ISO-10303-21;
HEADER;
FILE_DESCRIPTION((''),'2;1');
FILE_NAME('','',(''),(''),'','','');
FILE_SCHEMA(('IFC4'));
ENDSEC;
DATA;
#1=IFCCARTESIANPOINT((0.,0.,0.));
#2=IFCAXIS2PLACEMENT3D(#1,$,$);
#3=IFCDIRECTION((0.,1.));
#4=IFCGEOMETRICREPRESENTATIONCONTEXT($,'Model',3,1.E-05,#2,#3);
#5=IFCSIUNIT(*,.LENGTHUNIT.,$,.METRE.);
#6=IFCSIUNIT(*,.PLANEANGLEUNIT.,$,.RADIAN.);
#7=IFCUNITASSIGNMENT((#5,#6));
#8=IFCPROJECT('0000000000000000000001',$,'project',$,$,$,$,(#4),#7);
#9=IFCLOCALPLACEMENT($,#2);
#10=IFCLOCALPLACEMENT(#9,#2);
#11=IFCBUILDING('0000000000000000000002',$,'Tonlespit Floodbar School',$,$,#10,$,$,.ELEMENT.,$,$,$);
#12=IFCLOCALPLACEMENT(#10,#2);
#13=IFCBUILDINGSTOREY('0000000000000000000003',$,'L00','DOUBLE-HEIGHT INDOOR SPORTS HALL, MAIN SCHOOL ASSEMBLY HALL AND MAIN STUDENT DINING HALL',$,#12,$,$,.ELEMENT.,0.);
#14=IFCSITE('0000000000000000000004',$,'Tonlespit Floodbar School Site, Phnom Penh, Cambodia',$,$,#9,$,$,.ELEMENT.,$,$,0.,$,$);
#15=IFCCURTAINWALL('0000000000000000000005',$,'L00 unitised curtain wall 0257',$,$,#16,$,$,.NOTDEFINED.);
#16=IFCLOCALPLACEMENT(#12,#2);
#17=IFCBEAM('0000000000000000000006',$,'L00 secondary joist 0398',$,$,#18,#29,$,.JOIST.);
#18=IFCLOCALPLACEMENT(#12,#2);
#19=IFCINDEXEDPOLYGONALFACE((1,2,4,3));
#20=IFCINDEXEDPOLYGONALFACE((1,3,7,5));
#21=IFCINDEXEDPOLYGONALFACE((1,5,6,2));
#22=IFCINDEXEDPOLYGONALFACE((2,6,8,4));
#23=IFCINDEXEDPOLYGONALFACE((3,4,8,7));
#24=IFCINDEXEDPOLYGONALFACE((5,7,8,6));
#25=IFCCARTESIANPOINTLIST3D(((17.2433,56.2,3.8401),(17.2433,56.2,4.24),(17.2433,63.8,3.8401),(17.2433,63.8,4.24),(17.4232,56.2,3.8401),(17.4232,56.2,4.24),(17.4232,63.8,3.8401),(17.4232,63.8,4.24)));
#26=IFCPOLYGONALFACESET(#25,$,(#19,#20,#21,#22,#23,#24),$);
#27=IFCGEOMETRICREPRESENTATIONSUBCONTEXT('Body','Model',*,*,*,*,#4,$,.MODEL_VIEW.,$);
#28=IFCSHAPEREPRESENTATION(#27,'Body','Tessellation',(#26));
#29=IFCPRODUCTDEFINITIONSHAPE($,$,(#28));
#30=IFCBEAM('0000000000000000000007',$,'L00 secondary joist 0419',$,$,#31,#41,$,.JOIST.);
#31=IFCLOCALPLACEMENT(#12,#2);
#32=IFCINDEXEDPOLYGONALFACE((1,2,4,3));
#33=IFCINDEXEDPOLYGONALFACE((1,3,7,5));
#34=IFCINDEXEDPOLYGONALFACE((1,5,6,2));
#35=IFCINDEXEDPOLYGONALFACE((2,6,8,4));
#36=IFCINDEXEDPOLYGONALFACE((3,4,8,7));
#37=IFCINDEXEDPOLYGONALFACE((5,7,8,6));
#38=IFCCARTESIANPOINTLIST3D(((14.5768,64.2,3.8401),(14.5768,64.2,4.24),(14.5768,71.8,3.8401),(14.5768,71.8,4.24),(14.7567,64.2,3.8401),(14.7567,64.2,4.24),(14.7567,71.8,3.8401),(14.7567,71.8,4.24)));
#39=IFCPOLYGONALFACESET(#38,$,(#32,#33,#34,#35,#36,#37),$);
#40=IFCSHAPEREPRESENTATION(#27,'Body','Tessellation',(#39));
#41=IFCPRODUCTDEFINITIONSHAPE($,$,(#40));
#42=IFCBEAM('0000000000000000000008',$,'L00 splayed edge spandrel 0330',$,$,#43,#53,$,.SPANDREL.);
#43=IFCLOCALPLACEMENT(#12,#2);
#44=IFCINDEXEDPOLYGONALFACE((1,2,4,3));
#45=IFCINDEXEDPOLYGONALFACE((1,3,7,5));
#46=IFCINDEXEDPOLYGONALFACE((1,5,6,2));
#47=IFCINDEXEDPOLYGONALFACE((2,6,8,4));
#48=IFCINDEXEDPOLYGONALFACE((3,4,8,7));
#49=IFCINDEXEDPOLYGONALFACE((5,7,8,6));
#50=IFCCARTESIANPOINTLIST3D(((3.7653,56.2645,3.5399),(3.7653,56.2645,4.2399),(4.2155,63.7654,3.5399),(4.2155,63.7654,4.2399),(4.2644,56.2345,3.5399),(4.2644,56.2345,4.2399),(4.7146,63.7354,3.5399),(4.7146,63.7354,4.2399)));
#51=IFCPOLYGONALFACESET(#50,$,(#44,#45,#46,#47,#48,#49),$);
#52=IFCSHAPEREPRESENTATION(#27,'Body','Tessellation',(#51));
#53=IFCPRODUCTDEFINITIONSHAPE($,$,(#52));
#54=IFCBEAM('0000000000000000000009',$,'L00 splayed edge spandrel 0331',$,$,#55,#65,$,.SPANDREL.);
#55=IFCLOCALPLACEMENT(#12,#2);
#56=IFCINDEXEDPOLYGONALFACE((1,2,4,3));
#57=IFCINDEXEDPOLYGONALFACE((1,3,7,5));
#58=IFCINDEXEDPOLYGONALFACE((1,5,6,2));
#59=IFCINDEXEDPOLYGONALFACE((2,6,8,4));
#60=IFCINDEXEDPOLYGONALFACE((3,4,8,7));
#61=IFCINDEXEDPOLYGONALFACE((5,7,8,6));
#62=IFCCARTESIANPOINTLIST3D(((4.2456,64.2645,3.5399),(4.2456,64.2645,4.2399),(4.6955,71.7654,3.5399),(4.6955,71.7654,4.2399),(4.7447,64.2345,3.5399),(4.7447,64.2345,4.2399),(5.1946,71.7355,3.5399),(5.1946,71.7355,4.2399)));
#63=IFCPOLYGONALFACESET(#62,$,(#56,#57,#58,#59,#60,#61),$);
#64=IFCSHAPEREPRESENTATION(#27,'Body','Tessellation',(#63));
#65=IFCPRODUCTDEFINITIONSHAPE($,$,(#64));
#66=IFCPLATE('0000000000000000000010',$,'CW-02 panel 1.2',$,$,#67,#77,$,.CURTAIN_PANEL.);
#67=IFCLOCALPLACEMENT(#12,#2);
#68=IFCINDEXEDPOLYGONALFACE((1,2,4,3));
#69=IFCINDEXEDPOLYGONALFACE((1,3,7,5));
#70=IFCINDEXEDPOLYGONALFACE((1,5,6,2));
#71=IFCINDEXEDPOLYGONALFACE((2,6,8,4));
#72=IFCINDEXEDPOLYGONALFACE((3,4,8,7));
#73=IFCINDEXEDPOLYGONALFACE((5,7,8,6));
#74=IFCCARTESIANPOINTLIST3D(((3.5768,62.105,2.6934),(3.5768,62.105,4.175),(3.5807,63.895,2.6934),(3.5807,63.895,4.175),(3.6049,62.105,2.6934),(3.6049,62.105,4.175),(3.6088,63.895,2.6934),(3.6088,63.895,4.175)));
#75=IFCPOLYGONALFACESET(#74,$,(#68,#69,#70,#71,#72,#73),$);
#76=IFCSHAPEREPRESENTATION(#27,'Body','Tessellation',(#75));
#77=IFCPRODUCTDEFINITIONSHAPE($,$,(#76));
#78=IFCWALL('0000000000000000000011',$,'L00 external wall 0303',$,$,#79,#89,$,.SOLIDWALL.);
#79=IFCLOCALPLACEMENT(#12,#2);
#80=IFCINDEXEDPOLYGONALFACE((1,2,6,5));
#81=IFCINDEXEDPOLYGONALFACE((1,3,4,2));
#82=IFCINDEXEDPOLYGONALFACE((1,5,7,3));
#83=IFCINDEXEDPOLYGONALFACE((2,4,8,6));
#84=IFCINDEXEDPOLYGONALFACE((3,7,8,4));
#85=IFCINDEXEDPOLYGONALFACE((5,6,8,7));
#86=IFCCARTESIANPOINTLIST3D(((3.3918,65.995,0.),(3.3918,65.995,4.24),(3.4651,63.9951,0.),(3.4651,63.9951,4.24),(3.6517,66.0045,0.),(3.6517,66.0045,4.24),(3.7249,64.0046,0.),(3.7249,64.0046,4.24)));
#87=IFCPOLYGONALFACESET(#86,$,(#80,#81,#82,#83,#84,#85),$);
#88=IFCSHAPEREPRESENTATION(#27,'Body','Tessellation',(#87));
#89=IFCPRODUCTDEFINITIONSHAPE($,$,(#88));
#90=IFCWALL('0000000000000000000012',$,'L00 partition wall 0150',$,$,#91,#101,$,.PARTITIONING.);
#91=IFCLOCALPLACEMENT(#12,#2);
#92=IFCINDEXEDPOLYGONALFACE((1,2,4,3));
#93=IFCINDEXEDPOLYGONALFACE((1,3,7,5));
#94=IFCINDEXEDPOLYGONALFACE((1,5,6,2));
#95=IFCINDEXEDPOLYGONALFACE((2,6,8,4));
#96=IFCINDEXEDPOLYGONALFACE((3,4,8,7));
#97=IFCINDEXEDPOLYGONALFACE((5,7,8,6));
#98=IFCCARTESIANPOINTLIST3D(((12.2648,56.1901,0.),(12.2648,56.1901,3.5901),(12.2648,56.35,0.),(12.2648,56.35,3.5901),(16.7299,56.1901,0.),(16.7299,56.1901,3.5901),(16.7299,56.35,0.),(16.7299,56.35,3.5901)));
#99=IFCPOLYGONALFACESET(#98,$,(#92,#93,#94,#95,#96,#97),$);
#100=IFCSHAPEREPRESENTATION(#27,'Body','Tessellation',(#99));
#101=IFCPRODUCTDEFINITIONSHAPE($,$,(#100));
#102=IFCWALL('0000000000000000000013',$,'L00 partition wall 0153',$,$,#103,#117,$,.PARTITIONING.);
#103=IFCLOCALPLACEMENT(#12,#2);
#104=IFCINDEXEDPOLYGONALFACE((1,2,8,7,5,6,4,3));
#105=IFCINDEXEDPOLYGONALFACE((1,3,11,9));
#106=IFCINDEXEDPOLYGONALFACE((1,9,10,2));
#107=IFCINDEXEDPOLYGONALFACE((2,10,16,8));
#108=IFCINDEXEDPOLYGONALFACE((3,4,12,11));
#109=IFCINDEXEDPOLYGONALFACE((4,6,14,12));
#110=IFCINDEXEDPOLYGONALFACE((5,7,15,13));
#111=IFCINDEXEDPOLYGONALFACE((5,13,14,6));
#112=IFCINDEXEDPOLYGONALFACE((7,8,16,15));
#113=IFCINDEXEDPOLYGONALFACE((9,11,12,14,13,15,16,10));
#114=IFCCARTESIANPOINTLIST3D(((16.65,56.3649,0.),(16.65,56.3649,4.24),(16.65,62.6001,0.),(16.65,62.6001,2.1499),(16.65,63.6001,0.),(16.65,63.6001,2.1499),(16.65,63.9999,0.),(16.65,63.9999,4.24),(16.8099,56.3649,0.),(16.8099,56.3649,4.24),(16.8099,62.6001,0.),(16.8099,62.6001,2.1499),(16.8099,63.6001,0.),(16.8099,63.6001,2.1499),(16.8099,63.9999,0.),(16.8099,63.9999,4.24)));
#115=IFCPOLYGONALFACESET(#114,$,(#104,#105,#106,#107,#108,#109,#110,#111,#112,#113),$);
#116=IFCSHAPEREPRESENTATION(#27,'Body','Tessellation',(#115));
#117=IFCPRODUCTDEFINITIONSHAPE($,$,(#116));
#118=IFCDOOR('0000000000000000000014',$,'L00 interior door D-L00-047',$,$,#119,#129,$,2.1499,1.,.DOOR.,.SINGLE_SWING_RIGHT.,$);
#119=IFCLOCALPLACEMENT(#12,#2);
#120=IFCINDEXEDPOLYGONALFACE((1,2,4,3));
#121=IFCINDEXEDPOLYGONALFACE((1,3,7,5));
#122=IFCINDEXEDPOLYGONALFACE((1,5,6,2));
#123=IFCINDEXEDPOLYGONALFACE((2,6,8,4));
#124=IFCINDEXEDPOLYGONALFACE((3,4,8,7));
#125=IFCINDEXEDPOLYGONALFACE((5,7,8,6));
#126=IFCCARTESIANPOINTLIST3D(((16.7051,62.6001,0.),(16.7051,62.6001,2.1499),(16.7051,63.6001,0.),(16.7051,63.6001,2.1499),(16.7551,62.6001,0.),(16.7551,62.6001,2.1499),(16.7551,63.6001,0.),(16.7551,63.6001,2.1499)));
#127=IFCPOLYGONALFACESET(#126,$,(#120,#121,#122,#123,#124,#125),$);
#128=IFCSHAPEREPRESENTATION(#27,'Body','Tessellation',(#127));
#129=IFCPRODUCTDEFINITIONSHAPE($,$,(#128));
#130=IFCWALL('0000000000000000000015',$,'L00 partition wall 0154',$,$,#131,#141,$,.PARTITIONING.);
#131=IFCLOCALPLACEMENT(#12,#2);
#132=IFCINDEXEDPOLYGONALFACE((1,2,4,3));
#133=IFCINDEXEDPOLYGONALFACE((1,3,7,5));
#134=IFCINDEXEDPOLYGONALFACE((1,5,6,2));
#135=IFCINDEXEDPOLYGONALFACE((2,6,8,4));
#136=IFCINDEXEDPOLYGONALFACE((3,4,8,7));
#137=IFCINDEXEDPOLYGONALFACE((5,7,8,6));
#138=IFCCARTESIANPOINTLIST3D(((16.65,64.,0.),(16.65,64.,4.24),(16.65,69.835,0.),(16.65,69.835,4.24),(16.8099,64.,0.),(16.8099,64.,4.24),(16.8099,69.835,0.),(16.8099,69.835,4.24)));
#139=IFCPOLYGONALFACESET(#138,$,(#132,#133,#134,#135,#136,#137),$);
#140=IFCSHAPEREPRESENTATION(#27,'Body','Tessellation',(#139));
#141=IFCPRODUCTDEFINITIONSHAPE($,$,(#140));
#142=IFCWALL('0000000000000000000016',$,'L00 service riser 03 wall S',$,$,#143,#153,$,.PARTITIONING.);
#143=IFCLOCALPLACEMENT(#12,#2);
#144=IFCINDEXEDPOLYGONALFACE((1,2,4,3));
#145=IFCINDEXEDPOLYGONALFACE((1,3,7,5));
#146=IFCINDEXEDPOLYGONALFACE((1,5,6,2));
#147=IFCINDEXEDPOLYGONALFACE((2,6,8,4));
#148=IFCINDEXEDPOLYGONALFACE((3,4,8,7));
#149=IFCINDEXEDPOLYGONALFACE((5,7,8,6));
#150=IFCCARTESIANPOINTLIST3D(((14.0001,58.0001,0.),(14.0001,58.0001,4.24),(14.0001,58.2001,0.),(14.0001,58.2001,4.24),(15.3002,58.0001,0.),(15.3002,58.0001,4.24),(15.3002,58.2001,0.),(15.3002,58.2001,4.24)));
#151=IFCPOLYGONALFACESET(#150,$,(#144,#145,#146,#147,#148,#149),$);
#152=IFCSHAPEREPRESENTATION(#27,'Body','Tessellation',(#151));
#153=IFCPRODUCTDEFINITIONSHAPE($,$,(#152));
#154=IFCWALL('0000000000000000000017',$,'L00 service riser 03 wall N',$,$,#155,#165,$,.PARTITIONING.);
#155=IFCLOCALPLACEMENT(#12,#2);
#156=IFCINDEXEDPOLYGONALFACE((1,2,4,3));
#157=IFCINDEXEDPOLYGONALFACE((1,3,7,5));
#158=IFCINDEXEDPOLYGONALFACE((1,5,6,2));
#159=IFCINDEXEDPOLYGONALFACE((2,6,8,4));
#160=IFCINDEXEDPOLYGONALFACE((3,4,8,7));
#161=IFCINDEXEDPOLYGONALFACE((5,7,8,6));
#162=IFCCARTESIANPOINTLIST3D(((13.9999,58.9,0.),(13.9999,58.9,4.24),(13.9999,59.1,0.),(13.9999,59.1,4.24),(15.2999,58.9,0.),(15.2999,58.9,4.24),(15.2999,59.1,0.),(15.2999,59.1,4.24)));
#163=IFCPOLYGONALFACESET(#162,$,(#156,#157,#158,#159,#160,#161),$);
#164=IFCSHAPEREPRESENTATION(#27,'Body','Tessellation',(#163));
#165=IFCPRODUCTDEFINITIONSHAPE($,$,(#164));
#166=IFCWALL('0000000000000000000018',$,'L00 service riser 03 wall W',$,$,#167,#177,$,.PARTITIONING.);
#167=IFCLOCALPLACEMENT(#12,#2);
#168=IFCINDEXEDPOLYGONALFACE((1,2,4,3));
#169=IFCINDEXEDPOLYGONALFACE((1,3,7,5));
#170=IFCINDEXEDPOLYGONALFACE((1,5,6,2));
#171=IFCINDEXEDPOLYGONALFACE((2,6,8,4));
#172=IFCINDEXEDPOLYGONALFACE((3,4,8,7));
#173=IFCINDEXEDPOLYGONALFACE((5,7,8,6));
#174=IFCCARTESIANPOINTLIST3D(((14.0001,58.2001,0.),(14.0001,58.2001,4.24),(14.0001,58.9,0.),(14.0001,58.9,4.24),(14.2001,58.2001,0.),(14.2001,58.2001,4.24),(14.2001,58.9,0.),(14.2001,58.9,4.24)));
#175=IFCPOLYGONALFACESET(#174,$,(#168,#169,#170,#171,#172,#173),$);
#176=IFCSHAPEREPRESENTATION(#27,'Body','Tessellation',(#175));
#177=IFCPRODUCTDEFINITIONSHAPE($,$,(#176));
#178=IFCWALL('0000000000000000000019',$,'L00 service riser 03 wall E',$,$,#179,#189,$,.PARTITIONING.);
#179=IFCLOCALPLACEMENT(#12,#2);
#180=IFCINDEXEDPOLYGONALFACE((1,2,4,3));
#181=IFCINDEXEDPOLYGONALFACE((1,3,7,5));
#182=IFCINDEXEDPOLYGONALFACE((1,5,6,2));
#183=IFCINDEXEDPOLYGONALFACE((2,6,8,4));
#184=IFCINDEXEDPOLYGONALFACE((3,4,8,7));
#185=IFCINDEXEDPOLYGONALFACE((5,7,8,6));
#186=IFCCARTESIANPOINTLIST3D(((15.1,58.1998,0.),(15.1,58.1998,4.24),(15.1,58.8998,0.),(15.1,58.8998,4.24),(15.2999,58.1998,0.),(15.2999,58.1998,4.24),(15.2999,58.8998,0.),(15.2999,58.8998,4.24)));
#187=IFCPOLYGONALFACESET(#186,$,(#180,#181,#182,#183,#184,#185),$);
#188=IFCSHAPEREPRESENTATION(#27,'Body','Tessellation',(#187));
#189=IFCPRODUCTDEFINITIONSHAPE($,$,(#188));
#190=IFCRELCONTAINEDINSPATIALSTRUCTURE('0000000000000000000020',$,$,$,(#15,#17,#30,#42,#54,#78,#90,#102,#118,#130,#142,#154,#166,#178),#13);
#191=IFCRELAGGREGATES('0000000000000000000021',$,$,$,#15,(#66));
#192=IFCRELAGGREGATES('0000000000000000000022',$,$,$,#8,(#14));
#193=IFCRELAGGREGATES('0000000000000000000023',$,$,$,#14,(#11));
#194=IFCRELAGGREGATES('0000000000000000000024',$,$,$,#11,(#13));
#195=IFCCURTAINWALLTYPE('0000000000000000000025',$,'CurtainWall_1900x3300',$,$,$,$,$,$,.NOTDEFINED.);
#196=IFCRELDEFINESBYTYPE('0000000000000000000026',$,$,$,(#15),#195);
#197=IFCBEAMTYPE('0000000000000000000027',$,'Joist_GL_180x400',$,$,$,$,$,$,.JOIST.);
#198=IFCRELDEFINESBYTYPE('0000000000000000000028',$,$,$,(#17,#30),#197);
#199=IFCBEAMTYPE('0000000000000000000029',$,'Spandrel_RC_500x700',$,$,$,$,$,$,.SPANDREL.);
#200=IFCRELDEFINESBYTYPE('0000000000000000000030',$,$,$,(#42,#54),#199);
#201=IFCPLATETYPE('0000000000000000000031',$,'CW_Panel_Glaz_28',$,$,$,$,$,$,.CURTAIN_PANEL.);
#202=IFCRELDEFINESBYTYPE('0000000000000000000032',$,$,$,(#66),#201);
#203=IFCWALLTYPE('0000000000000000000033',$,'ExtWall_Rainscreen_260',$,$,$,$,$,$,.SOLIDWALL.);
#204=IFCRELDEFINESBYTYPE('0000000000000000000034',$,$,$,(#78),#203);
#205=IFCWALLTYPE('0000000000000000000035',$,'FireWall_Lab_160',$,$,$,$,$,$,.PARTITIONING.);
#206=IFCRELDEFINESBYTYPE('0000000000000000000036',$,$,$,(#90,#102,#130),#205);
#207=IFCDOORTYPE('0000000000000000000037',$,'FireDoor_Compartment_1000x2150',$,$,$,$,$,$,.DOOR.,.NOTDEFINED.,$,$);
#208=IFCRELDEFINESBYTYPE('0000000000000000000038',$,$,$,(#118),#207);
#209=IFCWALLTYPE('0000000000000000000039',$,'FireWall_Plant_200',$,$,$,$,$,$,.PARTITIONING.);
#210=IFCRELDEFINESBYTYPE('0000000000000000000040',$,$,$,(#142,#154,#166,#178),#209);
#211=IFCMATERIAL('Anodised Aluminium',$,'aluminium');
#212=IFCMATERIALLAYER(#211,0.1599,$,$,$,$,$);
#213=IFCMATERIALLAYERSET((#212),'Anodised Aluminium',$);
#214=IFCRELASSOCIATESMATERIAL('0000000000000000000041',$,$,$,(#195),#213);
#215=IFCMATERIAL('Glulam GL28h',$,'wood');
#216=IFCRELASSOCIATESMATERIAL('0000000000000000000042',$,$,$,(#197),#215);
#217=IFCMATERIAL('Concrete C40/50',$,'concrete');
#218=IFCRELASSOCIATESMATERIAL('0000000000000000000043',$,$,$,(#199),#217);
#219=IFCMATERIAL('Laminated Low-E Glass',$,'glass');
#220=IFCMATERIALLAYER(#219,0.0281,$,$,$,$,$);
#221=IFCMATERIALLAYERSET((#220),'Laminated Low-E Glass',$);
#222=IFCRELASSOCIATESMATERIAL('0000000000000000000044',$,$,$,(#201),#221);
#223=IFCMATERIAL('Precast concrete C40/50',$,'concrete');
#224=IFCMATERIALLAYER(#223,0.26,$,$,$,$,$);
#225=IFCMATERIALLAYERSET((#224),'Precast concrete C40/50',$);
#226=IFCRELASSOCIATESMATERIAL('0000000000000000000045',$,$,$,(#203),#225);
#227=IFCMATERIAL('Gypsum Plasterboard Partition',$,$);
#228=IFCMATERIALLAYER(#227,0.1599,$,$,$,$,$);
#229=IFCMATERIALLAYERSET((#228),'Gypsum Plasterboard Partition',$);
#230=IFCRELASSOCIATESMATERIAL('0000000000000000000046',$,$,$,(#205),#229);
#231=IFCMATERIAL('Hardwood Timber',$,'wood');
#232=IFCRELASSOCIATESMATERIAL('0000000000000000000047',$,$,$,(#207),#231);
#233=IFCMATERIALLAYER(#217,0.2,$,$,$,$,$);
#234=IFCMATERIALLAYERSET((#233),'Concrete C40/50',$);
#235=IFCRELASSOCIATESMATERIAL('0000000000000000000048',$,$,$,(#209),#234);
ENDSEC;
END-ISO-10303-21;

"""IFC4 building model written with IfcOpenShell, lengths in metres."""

from ifc_helpers import new_model, si_unit, direction, frame, frame_2d, origin, origin_2d, place, context, subcontext, project, spatial, rectangle, extrude, material, layer, layer_set, material_profile, profile_set, type_object, element, fill, aggregate, save


model = new_model("IFC4")

# Units and contexts
model_context = context("Model", 3, precision=1e-05, world=origin(), true_north=direction((0.0, 1.0)))
body_context = subcontext(model_context, "Body", "Model", "MODEL_VIEW")
ifc_project = project(units=[si_unit("LENGTHUNIT", "METRE"), si_unit("PLANEANGLEUNIT", "RADIAN")], contexts=[model_context])

# Site, building, storey
site_placement = place(None, origin())
site = spatial("IfcSite", under=ifc_project, at=site_placement, Name="Tonlespit Floodbar School Site, Phnom Penh, Cambodia", CompositionType="ELEMENT", RefElevation=0.0)
building_placement = place(site_placement, origin())
building = spatial("IfcBuilding", under=site, at=building_placement, Name="Tonlespit Floodbar School", CompositionType="ELEMENT")
storey_placement = place(building_placement, origin())
storey = spatial("IfcBuildingStorey", under=building, at=storey_placement, Name="L00", Description="DOUBLE-HEIGHT INDOOR SPORTS HALL, MAIN SCHOOL ASSEMBLY HALL AND MAIN STUDENT DINING HALL", CompositionType="ELEMENT", Elevation=0.0)

# Shared definitions
ifc_material_1 = material(Name="Concrete C40/50", Category="concrete")

# Curtain wall
ifc_material_2 = material(Name="Anodised Aluminium", Category="aluminium")
ifc_layer_1 = layer(ifc_material_2, 0.1599)
ifc_layer_set_1 = layer_set([ifc_layer_1], Name="Anodised Aluminium")
curtain_wall_type = type_object("IfcCurtainWallType", Name="CurtainWall_1900x3300", PredefinedType="NOTDEFINED", material=ifc_layer_set_1)
curtain_wall_placement = place(storey_placement, origin())
curtain_wall = element("IfcCurtainWall", 1, at=curtain_wall_placement, inside=storey, type_object=curtain_wall_type, Name="L00 unitised curtain wall 0257", PredefinedType="NOTDEFINED")

# Beams
ifc_material_3 = material(Name="Glulam GL28h", Category="wood")
ifc_material_profile_1 = material_profile(ifc_material_3, rectangle(XDim=0.1799, YDim=0.3999, at=origin_2d()), Name="GL 180x400")
ifc_profile_set_1 = profile_set([ifc_material_profile_1], Name="Glulam GL28h")
beam_type_1 = type_object("IfcBeamType", Name="Joist_GL_180x400", PredefinedType="JOIST", material=ifc_profile_set_1)
for number, where, z_axis, x_axis, name in (
    (2, (17.3333, 56.2, 4.04), (0.0, 1.0, 0.0), (-1.0, 0.0, 0.0), "L00 secondary joist 0398"),
    (3, (14.6667, 64.2, 4.04), (0.0, 1.0, 0.0), (-1.0, 0.0, 0.0), "L00 secondary joist 0419"),
):
    element("IfcBeam", number, at=place(storey_placement, frame(where, z_axis=z_axis, x_axis=x_axis)), inside=storey, type_object=beam_type_1, Name=name, PredefinedType="JOIST", context=body_context, shape_type="SweptSolid", body=[
        extrude(rectangle(XDim=0.1799, YDim=0.3999, at=origin_2d()), origin(), (0.0, 0.0, 1.0), 7.6001),
    ])
ifc_material_profile_2 = material_profile(ifc_material_1, rectangle(XDim=0.5, YDim=0.7, at=origin_2d()), Name="RC 500x700")
ifc_profile_set_2 = profile_set([ifc_material_profile_2], Name="Concrete C40/50")
beam_type_2 = type_object("IfcBeamType", Name="Spandrel_RC_500x700", PredefinedType="SPANDREL", material=ifc_profile_set_2)
for number, where, z_axis, x_axis, name in (
    (4, (4.0149, 56.2495, 3.8899), (0.05991, 0.998204, 0.0), (-0.998204, 0.05991, 0.0), "L00 splayed edge spandrel 0330"),
    (5, (4.4951, 64.2495, 3.8899), (0.059878, 0.998206, 0.0), (-0.998206, 0.059878, 0.0), "L00 splayed edge spandrel 0331"),
):
    element("IfcBeam", number, at=place(storey_placement, frame(where, z_axis=z_axis, x_axis=x_axis)), inside=storey, type_object=beam_type_2, Name=name, PredefinedType="SPANDREL", context=body_context, shape_type="SweptSolid", body=[
        extrude(rectangle(XDim=0.5, YDim=0.7, at=origin_2d()), origin(), (0.0, 0.0, 1.0), 7.5144),
    ])

# Plate
ifc_material_4 = material(Name="Laminated Low-E Glass", Category="glass")
ifc_layer_2 = layer(ifc_material_4, 0.0281)
ifc_layer_set_2 = layer_set([ifc_layer_2], Name="Laminated Low-E Glass")
plate_type = type_object("IfcPlateType", Name="CW_Panel_Glaz_28", PredefinedType="CURTAIN_PANEL", material=ifc_layer_set_2)
plate_placement = place(storey_placement, frame((3.5928, 63.0, 2.6934), z_axis=(0.0, 0.0, 1.0), x_axis=(0.002187, 0.999998, 0.0)))
plate = element("IfcPlate", 6, at=plate_placement, type_object=plate_type, Name="CW-02 panel 1.2", PredefinedType="CURTAIN_PANEL", context=body_context, shape_type="SweptSolid", body=[
    extrude(rectangle(XDim=1.79, YDim=0.0281, at=origin_2d()), origin(), (0.0, 0.0, 1.0), 1.4817),
])
aggregate(curtain_wall, [plate])

# Walls
ifc_material_5 = material(Name="Precast concrete C40/50", Category="concrete")
ifc_layer_3 = layer(ifc_material_5, 0.26)
ifc_layer_set_3 = layer_set([ifc_layer_3], Name="Precast concrete C40/50")
wall_type_1 = type_object("IfcWallType", Name="ExtWall_Rainscreen_260", PredefinedType="SOLIDWALL", material=ifc_layer_set_3)
wall_1_placement = place(storey_placement, frame((3.595, 64.0, 0.0), z_axis=(0.0, 0.0, 1.0), x_axis=(-0.036597, 0.99933, 0.0)))
element("IfcWall", 7, at=wall_1_placement, inside=storey, type_object=wall_type_1, Name="L00 external wall 0303", PredefinedType="SOLIDWALL", context=body_context, shape_type="SweptSolid", body=[
    extrude(rectangle(XDim=2.0012, YDim=0.26, at=frame_2d((1.0005, 0.0))), origin(), (0.0, 0.0, 1.0), 4.24),
])
ifc_material_6 = material(Name="Gypsum Plasterboard Partition")
ifc_layer_4 = layer(ifc_material_6, 0.1599)
ifc_layer_set_4 = layer_set([ifc_layer_4], Name="Gypsum Plasterboard Partition")
wall_type_2 = type_object("IfcWallType", Name="FireWall_Lab_160", PredefinedType="PARTITIONING", material=ifc_layer_set_4)
wall_2_placement = place(storey_placement, frame((12.2649, 56.27, 0.0), z_axis=(0.0, 0.0, 1.0), x_axis=(1.0, 0.0, 0.0)))
element("IfcWall", 8, at=wall_2_placement, inside=storey, type_object=wall_type_2, Name="L00 partition wall 0150", PredefinedType="PARTITIONING", context=body_context, shape_type="SweptSolid", body=[
    extrude(rectangle(XDim=4.4651, YDim=0.1599, at=frame_2d((2.2324, 0.0))), origin(), (0.0, 0.0, 1.0), 3.5901),
])

# Wall, opening, door
wall_3_placement = place(storey_placement, frame((16.73, 56.365, 0.0), z_axis=(0.0, 0.0, 1.0), x_axis=(0.0, 1.0, 0.0)))
wall_3 = element("IfcWall", 9, at=wall_3_placement, inside=storey, type_object=wall_type_2, Name="L00 partition wall 0153", PredefinedType="PARTITIONING", context=body_context, shape_type="SweptSolid", body=[
    extrude(rectangle(XDim=7.635, YDim=0.1599, at=frame_2d((3.8174, 0.0))), origin(), (0.0, 0.0, 1.0), 4.24),
])
opening_placement = place(wall_3_placement, frame((6.2351, 0.0, 0.0)))
opening = element("IfcOpeningElement", 10, at=opening_placement, cuts=wall_3, PredefinedType="OPENING", context=body_context, shape_type="SweptSolid", body=[
    extrude(rectangle(XDim=1.0, YDim=2.1499, at=frame_2d((0.5, 1.075))), frame((0.0, 0.0898, 0.0), z_axis=(0.0, -1.0, 0.0), x_axis=(1.0, 0.0, 0.0)), (0.0, 0.0, 1.0), 0.1799),
])
ifc_material_7 = material(Name="Hardwood Timber", Category="wood")
door_type = type_object("IfcDoorType", Name="FireDoor_Compartment_1000x2150", OperationType="NOTDEFINED", PredefinedType="DOOR", material=ifc_material_7)
door_placement = place(opening_placement, origin())
door = element("IfcDoor", 11, at=door_placement, inside=storey, type_object=door_type, Name="L00 interior door D-L00-047", OperationType="SINGLE_SWING_RIGHT", OverallHeight=2.1499, OverallWidth=1.0, PredefinedType="DOOR", context=body_context, shape_type="SweptSolid", body=[
    extrude(rectangle(XDim=1.0, YDim=2.1499, at=frame_2d((0.5, 1.075))), frame((0.0, 0.0249, 0.0), z_axis=(0.0, -1.0, 0.0), x_axis=(1.0, 0.0, 0.0)), (0.0, 0.0, 1.0), 0.05),
])
fill(opening, door)

# Walls
wall_4_placement = place(storey_placement, frame((16.73, 64.0, 0.0), z_axis=(0.0, 0.0, 1.0), x_axis=(0.0, 1.0, 0.0)))
element("IfcWall", 12, at=wall_4_placement, inside=storey, type_object=wall_type_2, Name="L00 partition wall 0154", PredefinedType="PARTITIONING", context=body_context, shape_type="SweptSolid", body=[
    extrude(rectangle(XDim=5.835, YDim=0.1599, at=frame_2d((2.9175, 0.0))), origin(), (0.0, 0.0, 1.0), 4.24),
])
ifc_layer_5 = layer(ifc_material_1, 0.2)
ifc_layer_set_5 = layer_set([ifc_layer_5], Name="Concrete C40/50")
wall_type_3 = type_object("IfcWallType", Name="FireWall_Plant_200", PredefinedType="PARTITIONING", material=ifc_layer_set_5)
for number, where, z_axis, x_axis, name in (
    (13, (15.3, 58.1001, 0.0), (0.0, 0.0, 1.0), (-1.0, 0.0, 0.0), "L00 service riser 03 wall S"),
    (14, (14.0, 59.0, 0.0), (0.0, 0.0, 1.0), (1.0, 0.0, 0.0), "L00 service riser 03 wall N"),
):
    element("IfcWall", number, at=place(storey_placement, frame(where, z_axis=z_axis, x_axis=x_axis)), inside=storey, type_object=wall_type_3, Name=name, PredefinedType="PARTITIONING", context=body_context, shape_type="SweptSolid", body=[
        extrude(rectangle(XDim=1.3, YDim=0.2, at=frame_2d((0.6499, 0.0))), origin(), (0.0, 0.0, 1.0), 4.24),
    ])
for number, where, z_axis, x_axis, name in (
    (15, (14.1001, 58.2, 0.0), (0.0, 0.0, 1.0), (0.0, 1.0, 0.0), "L00 service riser 03 wall W"),
    (16, (15.2, 58.8999, 0.0), (0.0, 0.0, 1.0), (0.0, -1.0, 0.0), "L00 service riser 03 wall E"),
):
    element("IfcWall", number, at=place(storey_placement, frame(where, z_axis=z_axis, x_axis=x_axis)), inside=storey, type_object=wall_type_3, Name=name, PredefinedType="PARTITIONING", context=body_context, shape_type="SweptSolid", body=[
        extrude(rectangle(XDim=0.7, YDim=0.2, at=frame_2d((0.3501, 0.0))), origin(), (0.0, 0.0, 1.0), 4.24),
    ])

save(model, "model.ifc")
